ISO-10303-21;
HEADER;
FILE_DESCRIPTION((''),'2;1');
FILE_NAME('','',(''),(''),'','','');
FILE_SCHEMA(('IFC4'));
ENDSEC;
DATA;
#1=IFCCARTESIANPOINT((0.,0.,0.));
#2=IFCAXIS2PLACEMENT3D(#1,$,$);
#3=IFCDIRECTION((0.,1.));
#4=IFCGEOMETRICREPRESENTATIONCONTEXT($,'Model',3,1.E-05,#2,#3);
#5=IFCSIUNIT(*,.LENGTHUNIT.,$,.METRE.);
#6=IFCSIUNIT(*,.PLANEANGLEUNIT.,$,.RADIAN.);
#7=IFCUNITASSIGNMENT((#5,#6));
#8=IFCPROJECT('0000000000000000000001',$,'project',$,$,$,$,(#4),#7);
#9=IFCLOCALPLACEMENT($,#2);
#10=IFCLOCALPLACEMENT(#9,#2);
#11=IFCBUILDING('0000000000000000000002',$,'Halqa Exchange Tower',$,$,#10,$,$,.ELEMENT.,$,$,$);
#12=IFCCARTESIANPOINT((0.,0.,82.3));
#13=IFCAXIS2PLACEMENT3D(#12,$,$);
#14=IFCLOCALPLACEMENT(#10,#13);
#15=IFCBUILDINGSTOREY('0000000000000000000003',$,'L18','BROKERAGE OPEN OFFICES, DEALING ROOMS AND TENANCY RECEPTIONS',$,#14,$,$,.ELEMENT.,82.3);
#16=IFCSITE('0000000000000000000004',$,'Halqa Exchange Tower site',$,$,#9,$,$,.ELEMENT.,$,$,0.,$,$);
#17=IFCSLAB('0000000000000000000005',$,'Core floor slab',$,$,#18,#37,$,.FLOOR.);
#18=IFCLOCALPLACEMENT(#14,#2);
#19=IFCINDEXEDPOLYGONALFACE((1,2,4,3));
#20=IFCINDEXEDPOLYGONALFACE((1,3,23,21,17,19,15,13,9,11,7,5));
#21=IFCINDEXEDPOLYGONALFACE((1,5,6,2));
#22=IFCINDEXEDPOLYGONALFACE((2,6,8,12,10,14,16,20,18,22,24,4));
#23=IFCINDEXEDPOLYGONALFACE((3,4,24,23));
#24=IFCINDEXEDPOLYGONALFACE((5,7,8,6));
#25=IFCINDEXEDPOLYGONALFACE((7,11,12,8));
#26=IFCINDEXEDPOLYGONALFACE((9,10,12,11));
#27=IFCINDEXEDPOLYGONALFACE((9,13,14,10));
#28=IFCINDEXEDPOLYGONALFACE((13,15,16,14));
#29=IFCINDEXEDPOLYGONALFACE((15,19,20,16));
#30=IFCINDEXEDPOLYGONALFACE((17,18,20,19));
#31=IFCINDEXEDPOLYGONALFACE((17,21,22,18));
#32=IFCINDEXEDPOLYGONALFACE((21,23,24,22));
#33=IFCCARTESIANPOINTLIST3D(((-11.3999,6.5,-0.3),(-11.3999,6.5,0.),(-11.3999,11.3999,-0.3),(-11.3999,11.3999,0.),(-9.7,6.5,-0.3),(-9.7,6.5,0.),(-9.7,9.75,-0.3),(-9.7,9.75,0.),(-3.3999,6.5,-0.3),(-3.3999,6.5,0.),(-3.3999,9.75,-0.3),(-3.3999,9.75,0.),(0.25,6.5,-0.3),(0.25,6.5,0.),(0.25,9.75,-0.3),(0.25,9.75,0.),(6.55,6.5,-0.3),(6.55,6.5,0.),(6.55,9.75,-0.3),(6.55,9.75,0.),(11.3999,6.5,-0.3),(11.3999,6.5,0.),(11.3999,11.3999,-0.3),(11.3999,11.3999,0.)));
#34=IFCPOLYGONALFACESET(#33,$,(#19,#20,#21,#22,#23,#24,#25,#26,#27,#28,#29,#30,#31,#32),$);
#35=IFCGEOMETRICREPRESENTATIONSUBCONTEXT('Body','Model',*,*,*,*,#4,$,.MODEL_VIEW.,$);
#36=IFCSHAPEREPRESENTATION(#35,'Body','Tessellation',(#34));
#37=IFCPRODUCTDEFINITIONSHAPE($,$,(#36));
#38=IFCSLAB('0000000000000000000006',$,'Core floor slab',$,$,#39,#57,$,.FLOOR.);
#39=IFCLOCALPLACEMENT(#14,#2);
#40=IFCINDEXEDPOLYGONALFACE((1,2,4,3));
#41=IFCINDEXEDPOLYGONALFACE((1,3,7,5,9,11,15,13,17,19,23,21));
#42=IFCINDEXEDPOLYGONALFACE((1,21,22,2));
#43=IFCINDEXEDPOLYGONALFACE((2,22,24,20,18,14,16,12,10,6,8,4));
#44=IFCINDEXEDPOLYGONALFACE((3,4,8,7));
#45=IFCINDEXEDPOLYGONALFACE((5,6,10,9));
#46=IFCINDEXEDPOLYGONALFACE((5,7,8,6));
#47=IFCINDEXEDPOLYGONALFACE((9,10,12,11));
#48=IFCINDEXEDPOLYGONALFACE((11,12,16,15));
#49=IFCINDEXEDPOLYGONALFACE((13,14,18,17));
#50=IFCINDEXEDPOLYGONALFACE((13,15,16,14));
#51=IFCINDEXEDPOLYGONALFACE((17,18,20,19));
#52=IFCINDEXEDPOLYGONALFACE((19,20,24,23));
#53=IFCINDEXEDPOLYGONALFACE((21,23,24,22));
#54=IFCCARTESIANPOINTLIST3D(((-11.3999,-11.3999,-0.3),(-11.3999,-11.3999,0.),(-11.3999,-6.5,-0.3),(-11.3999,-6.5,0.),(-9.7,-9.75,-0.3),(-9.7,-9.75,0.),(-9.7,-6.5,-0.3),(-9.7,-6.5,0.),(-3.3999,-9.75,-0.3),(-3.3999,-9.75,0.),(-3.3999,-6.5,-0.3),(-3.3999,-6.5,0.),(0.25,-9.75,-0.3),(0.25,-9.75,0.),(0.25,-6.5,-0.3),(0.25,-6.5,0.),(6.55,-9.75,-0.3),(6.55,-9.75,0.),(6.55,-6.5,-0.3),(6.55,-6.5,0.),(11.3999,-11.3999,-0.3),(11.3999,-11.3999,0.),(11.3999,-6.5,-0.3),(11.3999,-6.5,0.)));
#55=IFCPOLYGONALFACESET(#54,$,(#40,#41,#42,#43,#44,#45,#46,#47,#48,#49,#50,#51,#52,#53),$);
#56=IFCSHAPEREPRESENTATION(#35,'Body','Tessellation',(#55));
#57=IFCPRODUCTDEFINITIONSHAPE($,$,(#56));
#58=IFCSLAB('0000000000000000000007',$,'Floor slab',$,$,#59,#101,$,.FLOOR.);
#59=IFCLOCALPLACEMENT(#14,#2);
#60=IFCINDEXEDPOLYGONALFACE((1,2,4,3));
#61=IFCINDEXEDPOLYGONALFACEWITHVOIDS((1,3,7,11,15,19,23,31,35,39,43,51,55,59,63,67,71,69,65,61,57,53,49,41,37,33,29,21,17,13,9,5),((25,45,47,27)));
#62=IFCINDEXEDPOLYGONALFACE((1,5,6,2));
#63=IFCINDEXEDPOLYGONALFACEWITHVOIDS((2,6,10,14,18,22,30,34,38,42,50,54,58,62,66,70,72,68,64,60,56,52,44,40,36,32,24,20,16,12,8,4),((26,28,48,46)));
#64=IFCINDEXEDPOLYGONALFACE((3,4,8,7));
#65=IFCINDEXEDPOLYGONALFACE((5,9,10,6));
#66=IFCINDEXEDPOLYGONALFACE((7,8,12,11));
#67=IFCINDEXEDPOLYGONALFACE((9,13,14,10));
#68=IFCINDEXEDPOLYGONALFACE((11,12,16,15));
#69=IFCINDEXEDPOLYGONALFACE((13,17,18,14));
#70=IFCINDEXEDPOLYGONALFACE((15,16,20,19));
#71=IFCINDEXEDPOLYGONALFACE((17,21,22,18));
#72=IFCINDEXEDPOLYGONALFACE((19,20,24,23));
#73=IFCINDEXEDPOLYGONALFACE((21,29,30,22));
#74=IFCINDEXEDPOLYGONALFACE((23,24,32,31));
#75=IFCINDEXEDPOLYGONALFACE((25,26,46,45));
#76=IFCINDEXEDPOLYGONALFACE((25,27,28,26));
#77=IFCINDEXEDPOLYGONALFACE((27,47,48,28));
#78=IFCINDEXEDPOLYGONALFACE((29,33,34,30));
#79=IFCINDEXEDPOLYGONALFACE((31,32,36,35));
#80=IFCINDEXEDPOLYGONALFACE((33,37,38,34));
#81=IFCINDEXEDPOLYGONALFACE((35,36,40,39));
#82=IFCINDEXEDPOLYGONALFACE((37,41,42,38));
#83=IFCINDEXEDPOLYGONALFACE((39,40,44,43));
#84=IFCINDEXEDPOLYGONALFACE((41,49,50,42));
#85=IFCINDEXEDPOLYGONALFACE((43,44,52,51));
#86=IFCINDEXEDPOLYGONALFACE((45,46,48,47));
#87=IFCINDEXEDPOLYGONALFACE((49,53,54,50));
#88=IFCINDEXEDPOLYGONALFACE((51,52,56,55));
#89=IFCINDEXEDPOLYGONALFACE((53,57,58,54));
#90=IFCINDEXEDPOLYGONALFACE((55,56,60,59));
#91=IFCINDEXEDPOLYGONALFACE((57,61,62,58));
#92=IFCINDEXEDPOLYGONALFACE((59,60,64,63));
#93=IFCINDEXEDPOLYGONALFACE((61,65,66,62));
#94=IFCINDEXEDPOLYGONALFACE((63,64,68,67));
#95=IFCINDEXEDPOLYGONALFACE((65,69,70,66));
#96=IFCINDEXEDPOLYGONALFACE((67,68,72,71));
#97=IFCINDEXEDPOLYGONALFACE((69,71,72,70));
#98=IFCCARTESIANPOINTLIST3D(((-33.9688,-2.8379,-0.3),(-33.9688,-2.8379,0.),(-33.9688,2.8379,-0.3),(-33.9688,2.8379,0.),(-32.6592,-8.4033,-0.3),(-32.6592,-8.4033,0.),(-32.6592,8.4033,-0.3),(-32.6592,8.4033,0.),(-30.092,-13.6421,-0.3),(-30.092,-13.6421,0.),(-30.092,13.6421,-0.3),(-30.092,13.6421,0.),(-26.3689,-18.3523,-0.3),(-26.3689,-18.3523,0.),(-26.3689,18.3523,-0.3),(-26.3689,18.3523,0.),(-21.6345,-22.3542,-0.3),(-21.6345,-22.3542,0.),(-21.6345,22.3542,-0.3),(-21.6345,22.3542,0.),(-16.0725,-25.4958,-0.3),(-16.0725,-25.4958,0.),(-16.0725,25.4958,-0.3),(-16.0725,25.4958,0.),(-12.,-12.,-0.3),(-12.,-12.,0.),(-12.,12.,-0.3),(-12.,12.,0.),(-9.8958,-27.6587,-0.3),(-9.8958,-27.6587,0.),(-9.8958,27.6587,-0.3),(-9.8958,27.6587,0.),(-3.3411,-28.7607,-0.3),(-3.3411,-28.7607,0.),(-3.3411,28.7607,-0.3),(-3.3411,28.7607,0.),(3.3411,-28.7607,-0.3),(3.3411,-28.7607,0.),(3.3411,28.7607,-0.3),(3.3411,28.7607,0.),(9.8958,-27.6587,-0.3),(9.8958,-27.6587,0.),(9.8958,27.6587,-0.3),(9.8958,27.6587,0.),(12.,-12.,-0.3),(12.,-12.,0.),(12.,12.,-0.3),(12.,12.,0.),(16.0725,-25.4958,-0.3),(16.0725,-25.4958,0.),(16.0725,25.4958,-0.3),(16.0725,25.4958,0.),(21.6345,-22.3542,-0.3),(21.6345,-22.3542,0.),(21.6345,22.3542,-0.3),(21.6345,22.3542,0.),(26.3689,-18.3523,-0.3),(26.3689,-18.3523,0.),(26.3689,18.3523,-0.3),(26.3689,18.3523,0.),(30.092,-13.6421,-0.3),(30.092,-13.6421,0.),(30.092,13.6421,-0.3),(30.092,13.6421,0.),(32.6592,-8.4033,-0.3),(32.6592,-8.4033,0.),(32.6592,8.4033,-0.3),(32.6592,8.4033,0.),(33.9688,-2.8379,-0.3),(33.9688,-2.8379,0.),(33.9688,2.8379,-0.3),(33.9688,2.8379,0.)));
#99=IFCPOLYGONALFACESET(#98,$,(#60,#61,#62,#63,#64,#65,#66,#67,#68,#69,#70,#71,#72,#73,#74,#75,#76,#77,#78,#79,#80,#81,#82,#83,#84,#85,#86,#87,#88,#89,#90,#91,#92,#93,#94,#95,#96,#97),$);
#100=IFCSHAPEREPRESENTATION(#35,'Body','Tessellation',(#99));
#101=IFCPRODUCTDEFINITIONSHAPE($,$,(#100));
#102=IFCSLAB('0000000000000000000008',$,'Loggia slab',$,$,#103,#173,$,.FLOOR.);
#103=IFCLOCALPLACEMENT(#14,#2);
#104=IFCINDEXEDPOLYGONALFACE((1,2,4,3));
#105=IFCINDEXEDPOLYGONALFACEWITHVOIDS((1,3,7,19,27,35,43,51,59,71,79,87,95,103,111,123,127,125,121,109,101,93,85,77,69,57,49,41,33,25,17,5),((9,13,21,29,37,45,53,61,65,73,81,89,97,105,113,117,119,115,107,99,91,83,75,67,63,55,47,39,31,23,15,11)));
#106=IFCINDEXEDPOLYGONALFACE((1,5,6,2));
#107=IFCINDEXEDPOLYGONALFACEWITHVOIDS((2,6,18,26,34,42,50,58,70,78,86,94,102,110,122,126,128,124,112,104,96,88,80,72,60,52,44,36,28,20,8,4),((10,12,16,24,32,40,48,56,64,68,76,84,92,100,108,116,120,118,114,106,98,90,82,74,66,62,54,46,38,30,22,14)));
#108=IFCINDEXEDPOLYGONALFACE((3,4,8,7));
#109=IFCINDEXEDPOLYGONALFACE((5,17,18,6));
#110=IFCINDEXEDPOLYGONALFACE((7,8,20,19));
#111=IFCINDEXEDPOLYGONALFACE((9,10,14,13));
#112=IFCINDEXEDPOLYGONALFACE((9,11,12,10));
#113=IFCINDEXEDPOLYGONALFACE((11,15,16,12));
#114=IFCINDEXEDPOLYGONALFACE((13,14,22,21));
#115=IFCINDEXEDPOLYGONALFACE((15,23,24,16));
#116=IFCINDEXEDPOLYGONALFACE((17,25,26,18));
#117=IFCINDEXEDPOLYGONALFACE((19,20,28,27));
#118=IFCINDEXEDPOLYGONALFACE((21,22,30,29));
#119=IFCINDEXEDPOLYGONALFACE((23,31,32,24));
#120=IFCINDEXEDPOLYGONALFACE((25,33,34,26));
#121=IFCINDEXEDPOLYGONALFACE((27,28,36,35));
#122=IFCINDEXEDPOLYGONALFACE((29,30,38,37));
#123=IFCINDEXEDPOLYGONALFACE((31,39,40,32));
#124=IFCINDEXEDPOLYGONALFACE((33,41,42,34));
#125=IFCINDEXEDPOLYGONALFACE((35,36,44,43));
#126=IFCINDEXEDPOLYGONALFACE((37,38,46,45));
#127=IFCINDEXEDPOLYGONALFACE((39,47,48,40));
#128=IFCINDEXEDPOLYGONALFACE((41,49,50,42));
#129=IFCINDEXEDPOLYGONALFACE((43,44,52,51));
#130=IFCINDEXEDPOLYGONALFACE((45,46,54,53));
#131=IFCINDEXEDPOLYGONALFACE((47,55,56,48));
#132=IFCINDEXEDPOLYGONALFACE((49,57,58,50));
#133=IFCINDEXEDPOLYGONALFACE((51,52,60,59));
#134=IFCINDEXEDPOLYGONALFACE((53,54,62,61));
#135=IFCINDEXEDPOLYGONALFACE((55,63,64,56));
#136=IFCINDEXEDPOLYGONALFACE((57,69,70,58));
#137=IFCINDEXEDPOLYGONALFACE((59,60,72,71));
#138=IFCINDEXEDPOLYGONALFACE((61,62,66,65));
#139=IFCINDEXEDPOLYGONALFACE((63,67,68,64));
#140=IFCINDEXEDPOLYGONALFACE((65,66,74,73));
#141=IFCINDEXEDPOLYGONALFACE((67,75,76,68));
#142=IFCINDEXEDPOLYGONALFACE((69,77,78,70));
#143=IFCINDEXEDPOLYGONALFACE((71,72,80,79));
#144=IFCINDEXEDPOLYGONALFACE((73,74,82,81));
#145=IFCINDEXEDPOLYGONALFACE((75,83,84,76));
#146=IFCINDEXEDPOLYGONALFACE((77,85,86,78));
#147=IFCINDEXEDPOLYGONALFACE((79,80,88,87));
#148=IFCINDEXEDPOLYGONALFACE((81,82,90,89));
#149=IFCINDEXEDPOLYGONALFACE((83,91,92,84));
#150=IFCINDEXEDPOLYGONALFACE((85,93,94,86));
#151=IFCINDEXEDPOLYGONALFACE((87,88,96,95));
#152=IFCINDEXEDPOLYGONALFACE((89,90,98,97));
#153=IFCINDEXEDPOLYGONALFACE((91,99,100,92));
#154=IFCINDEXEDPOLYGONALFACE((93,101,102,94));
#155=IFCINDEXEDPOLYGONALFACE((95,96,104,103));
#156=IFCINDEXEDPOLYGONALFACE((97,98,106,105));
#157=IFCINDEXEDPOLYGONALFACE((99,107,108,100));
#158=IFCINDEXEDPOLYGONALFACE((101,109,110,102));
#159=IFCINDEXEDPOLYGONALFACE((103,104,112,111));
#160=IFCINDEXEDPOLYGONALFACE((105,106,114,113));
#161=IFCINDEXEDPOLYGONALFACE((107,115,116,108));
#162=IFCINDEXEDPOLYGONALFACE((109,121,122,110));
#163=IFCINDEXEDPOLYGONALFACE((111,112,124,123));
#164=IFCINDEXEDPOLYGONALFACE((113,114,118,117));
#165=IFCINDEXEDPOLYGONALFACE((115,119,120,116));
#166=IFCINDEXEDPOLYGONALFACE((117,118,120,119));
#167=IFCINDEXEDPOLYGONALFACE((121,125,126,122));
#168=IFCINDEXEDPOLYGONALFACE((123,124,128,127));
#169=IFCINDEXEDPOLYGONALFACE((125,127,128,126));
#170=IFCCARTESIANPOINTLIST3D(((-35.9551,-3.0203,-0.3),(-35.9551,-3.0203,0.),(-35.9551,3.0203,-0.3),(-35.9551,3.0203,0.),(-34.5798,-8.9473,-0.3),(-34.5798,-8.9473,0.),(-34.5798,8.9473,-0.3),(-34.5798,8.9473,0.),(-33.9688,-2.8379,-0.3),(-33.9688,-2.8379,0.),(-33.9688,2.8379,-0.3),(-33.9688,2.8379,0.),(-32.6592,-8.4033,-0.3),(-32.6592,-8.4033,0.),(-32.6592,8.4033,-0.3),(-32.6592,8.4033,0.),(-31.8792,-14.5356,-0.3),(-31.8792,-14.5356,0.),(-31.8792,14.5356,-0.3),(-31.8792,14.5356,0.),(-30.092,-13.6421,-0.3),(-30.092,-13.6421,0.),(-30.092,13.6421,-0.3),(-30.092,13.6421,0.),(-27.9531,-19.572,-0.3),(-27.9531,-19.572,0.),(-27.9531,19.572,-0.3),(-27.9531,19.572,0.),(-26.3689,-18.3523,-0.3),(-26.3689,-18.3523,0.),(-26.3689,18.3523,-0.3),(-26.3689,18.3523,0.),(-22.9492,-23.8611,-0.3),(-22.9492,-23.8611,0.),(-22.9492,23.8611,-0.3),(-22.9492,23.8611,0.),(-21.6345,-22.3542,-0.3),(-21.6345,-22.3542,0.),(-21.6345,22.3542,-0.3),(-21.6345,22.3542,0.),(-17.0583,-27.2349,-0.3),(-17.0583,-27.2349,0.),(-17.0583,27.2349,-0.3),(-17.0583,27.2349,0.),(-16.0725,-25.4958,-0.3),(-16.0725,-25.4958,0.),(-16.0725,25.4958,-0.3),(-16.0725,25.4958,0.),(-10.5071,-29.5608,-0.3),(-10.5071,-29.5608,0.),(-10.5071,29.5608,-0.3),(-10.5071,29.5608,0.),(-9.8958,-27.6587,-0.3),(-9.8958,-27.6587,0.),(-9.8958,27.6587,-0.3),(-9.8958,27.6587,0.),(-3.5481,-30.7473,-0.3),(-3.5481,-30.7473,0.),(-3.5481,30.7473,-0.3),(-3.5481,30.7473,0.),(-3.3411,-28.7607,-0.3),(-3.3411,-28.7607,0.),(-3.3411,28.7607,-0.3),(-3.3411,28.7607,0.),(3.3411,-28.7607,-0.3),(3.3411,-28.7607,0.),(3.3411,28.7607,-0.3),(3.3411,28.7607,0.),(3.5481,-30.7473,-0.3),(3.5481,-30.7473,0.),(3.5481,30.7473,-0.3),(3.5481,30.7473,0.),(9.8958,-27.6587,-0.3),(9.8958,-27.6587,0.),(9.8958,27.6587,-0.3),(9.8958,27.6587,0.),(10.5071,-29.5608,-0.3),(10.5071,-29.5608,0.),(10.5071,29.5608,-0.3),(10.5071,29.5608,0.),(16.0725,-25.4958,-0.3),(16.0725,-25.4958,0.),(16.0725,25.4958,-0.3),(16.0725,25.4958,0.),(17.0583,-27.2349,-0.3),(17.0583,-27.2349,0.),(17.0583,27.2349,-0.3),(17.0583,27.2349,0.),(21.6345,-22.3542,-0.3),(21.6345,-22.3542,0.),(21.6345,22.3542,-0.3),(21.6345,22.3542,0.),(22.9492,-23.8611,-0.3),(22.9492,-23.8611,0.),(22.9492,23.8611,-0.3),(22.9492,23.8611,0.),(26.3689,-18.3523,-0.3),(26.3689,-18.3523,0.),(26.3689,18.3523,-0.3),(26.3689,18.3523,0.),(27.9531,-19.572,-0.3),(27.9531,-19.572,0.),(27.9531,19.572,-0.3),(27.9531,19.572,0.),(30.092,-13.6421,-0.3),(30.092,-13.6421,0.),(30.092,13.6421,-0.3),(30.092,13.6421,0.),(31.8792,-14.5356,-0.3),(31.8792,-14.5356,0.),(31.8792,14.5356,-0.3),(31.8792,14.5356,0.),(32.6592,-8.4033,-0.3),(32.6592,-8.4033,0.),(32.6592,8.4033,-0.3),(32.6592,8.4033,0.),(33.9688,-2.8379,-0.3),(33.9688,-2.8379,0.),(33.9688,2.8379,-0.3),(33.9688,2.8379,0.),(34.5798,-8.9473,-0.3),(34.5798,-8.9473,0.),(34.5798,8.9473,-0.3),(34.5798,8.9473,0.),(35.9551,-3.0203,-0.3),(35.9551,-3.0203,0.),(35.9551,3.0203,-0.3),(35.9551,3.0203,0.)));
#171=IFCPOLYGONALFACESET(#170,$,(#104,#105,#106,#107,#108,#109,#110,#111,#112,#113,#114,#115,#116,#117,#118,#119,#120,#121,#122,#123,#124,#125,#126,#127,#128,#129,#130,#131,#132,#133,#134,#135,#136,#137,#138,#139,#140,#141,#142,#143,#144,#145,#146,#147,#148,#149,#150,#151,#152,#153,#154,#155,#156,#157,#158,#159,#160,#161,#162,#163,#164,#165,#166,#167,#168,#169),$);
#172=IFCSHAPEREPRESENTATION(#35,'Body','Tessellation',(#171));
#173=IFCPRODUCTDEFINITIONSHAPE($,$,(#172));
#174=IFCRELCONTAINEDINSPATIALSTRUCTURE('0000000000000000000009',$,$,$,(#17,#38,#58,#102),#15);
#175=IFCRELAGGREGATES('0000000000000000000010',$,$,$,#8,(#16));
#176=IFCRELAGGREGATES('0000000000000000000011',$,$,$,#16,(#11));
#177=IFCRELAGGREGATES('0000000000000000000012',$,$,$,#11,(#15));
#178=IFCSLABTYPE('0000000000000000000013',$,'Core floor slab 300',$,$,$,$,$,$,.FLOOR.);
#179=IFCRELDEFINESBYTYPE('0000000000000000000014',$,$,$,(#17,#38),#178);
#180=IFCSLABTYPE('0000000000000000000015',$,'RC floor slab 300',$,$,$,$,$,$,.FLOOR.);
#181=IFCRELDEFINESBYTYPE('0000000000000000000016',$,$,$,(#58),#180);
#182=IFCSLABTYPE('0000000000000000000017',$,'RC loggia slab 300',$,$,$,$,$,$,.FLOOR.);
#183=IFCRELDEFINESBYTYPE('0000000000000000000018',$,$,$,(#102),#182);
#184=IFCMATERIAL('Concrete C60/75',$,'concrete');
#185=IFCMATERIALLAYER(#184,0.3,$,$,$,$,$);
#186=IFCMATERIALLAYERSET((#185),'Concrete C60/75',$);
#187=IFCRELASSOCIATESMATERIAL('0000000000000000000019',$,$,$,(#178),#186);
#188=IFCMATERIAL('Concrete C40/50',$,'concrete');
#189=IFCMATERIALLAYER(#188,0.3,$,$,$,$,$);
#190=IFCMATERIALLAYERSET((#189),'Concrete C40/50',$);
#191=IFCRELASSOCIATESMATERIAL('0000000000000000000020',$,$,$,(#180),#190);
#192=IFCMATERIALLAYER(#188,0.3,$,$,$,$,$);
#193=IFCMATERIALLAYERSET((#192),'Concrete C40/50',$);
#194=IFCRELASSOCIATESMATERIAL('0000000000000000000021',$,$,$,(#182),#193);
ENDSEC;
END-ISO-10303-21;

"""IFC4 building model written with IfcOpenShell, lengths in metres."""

from ifc_helpers import new_model, si_unit, direction, frame, origin, place, context, subcontext, project, spatial, polyline, outline, extrude, material, layer, layer_set, type_object, element, save


model = new_model("IFC4")

# Units and contexts
model_context = context("Model", 3, precision=1e-05, world=origin(), true_north=direction((0.0, 1.0)))
body_context = subcontext(model_context, "Body", "Model", "MODEL_VIEW")
ifc_project = project(units=[si_unit("LENGTHUNIT", "METRE"), si_unit("PLANEANGLEUNIT", "RADIAN")], contexts=[model_context])

# Site, building, storey
site_placement = place(None, origin())
site = spatial("IfcSite", under=ifc_project, at=site_placement, Name="Halqa Exchange Tower site", CompositionType="ELEMENT", RefElevation=0.0)
building_placement = place(site_placement, origin())
building = spatial("IfcBuilding", under=site, at=building_placement, Name="Halqa Exchange Tower", CompositionType="ELEMENT")
storey_placement = place(building_placement, frame((0.0, 0.0, 82.3)))
storey = spatial("IfcBuildingStorey", under=building, at=storey_placement, Name="L18", Description="BROKERAGE OPEN OFFICES, DEALING ROOMS AND TENANCY RECEPTIONS", CompositionType="ELEMENT", Elevation=82.3)

# Shared definitions
ifc_material_1 = material(Name="Concrete C60/75", Category="concrete")

# Slabs
ifc_layer_1 = layer(ifc_material_1, 0.3)
ifc_layer_set_1 = layer_set([ifc_layer_1], Name="Concrete C60/75")
slab_type_1 = type_object("IfcSlabType", Name="Core floor slab 300", PredefinedType="FLOOR", material=ifc_layer_set_1)
slab_1_placement = place(storey_placement, frame((0.0, 0.0, -0.3)))
element("IfcSlab", 1, at=slab_1_placement, inside=storey, type_object=slab_type_1, Name="Core floor slab", PredefinedType="FLOOR", context=body_context, shape_type="SweptSolid", body=[
    extrude(outline(polyline([(-11.3999, 11.3999), (11.3999, 11.3999), (11.3999, 6.5), (6.55, 6.5), (6.55, 9.75), (0.25, 9.75), (0.25, 6.5), (-3.3999, 6.5), (-3.3999, 9.75), (-9.7, 9.75), (-9.7, 6.5), (-11.3999, 6.5), (-11.3999, 11.3999)])), origin(), (0.0, 0.0, 1.0), 0.3),
])
slab_2_placement = place(storey_placement, frame((0.0, 0.0, -0.3)))
element("IfcSlab", 2, at=slab_2_placement, inside=storey, type_object=slab_type_1, Name="Core floor slab", PredefinedType="FLOOR", context=body_context, shape_type="SweptSolid", body=[
    extrude(outline(polyline([(-9.7, -9.75), (-3.3999, -9.75), (-3.3999, -6.5), (0.25, -6.5), (0.25, -9.75), (6.55, -9.75), (6.55, -6.5), (11.3999, -6.5), (11.3999, -11.3999), (-11.3999, -11.3999), (-11.3999, -6.5), (-9.7, -6.5), (-9.7, -9.75)])), origin(), (0.0, 0.0, 1.0), 0.3),
])
ifc_material_2 = material(Name="Concrete C40/50", Category="concrete")
ifc_layer_2 = layer(ifc_material_2, 0.3)
ifc_layer_set_2 = layer_set([ifc_layer_2], Name="Concrete C40/50")
slab_type_2 = type_object("IfcSlabType", Name="RC floor slab 300", PredefinedType="FLOOR", material=ifc_layer_set_2)
slab_3_placement = place(storey_placement, frame((0.0, 0.0, -0.3)))
element("IfcSlab", 3, at=slab_3_placement, inside=storey, type_object=slab_type_2, Name="Floor slab", PredefinedType="FLOOR", context=body_context, shape_type="SweptSolid", body=[
    extrude(outline(polyline([(33.9688, 2.8379), (32.6592, 8.4033), (30.092, 13.6421), (26.3689, 18.3523), (21.6345, 22.3542), (16.0725, 25.4958), (9.8958, 27.6587), (3.3411, 28.7607), (-3.3411, 28.7607), (-9.8958, 27.6587), (-16.0725, 25.4958), (-21.6345, 22.3542), (-26.3689, 18.3523), (-30.092, 13.6421), (-32.6592, 8.4033), (-33.9688, 2.8379), (-33.9688, -2.8379), (-32.6592, -8.4033), (-30.092, -13.6421), (-26.3689, -18.3523), (-21.6345, -22.3542), (-16.0725, -25.4958), (-9.8958, -27.6587), (-3.3411, -28.7607), (3.3411, -28.7607), (9.8958, -27.6587), (16.0725, -25.4958), (21.6345, -22.3542), (26.3689, -18.3523), (30.092, -13.6421), (32.6592, -8.4033), (33.9688, -2.8379), (33.9688, 2.8379)]), holes=[polyline([(-12.0, -12.0), (12.0, -12.0), (12.0, 12.0), (-12.0, 12.0), (-12.0, -12.0)])]), origin(), (0.0, 0.0, 1.0), 0.3),
])
ifc_layer_3 = layer(ifc_material_2, 0.3)
ifc_layer_set_3 = layer_set([ifc_layer_3], Name="Concrete C40/50")
slab_type_3 = type_object("IfcSlabType", Name="RC loggia slab 300", PredefinedType="FLOOR", material=ifc_layer_set_3)
slab_4_placement = place(storey_placement, frame((0.0, 0.0, -0.3)))
element("IfcSlab", 4, at=slab_4_placement, inside=storey, type_object=slab_type_3, Name="Loggia slab", PredefinedType="FLOOR", context=body_context, shape_type="SweptSolid", body=[
    extrude(outline(polyline([(35.9551, 3.0203), (35.9551, -3.0203), (34.5798, -8.9473), (31.8792, -14.5356), (27.9531, -19.572), (22.9492, -23.8611), (17.0583, -27.2349), (10.5071, -29.5608), (3.5481, -30.7473), (-3.5481, -30.7473), (-10.5071, -29.5608), (-17.0583, -27.2349), (-22.9492, -23.8611), (-27.9531, -19.572), (-31.8792, -14.5356), (-34.5798, -8.9473), (-35.9551, -3.0203), (-35.9551, 3.0203), (-34.5798, 8.9473), (-31.8792, 14.5356), (-27.9531, 19.572), (-22.9492, 23.8611), (-17.0583, 27.2349), (-10.5071, 29.5608), (-3.5481, 30.7473), (3.5481, 30.7473), (10.5071, 29.5608), (17.0583, 27.2349), (22.9492, 23.8611), (27.9531, 19.572), (31.8792, 14.5356), (34.5798, 8.9473), (35.9551, 3.0203)]), holes=[polyline([(33.9688, 2.8379), (32.6592, 8.4033), (30.092, 13.6421), (26.3689, 18.3523), (21.6345, 22.3542), (16.0725, 25.4958), (9.8958, 27.6587), (3.3411, 28.7607), (-3.3411, 28.7607), (-9.8958, 27.6587), (-16.0725, 25.4958), (-21.6345, 22.3542), (-26.3689, 18.3523), (-30.092, 13.6421), (-32.6592, 8.4033), (-33.9688, 2.8379), (-33.9688, -2.8379), (-32.6592, -8.4033), (-30.092, -13.6421), (-26.3689, -18.3523), (-21.6345, -22.3542), (-16.0725, -25.4958), (-9.8958, -27.6587), (-3.3411, -28.7607), (3.3411, -28.7607), (9.8958, -27.6587), (16.0725, -25.4958), (21.6345, -22.3542), (26.3689, -18.3523), (30.092, -13.6421), (32.6592, -8.4033), (33.9688, -2.8379), (33.9688, 2.8379)])]), origin(), (0.0, 0.0, 1.0), 0.3),
])

save(model, "model.ifc")
